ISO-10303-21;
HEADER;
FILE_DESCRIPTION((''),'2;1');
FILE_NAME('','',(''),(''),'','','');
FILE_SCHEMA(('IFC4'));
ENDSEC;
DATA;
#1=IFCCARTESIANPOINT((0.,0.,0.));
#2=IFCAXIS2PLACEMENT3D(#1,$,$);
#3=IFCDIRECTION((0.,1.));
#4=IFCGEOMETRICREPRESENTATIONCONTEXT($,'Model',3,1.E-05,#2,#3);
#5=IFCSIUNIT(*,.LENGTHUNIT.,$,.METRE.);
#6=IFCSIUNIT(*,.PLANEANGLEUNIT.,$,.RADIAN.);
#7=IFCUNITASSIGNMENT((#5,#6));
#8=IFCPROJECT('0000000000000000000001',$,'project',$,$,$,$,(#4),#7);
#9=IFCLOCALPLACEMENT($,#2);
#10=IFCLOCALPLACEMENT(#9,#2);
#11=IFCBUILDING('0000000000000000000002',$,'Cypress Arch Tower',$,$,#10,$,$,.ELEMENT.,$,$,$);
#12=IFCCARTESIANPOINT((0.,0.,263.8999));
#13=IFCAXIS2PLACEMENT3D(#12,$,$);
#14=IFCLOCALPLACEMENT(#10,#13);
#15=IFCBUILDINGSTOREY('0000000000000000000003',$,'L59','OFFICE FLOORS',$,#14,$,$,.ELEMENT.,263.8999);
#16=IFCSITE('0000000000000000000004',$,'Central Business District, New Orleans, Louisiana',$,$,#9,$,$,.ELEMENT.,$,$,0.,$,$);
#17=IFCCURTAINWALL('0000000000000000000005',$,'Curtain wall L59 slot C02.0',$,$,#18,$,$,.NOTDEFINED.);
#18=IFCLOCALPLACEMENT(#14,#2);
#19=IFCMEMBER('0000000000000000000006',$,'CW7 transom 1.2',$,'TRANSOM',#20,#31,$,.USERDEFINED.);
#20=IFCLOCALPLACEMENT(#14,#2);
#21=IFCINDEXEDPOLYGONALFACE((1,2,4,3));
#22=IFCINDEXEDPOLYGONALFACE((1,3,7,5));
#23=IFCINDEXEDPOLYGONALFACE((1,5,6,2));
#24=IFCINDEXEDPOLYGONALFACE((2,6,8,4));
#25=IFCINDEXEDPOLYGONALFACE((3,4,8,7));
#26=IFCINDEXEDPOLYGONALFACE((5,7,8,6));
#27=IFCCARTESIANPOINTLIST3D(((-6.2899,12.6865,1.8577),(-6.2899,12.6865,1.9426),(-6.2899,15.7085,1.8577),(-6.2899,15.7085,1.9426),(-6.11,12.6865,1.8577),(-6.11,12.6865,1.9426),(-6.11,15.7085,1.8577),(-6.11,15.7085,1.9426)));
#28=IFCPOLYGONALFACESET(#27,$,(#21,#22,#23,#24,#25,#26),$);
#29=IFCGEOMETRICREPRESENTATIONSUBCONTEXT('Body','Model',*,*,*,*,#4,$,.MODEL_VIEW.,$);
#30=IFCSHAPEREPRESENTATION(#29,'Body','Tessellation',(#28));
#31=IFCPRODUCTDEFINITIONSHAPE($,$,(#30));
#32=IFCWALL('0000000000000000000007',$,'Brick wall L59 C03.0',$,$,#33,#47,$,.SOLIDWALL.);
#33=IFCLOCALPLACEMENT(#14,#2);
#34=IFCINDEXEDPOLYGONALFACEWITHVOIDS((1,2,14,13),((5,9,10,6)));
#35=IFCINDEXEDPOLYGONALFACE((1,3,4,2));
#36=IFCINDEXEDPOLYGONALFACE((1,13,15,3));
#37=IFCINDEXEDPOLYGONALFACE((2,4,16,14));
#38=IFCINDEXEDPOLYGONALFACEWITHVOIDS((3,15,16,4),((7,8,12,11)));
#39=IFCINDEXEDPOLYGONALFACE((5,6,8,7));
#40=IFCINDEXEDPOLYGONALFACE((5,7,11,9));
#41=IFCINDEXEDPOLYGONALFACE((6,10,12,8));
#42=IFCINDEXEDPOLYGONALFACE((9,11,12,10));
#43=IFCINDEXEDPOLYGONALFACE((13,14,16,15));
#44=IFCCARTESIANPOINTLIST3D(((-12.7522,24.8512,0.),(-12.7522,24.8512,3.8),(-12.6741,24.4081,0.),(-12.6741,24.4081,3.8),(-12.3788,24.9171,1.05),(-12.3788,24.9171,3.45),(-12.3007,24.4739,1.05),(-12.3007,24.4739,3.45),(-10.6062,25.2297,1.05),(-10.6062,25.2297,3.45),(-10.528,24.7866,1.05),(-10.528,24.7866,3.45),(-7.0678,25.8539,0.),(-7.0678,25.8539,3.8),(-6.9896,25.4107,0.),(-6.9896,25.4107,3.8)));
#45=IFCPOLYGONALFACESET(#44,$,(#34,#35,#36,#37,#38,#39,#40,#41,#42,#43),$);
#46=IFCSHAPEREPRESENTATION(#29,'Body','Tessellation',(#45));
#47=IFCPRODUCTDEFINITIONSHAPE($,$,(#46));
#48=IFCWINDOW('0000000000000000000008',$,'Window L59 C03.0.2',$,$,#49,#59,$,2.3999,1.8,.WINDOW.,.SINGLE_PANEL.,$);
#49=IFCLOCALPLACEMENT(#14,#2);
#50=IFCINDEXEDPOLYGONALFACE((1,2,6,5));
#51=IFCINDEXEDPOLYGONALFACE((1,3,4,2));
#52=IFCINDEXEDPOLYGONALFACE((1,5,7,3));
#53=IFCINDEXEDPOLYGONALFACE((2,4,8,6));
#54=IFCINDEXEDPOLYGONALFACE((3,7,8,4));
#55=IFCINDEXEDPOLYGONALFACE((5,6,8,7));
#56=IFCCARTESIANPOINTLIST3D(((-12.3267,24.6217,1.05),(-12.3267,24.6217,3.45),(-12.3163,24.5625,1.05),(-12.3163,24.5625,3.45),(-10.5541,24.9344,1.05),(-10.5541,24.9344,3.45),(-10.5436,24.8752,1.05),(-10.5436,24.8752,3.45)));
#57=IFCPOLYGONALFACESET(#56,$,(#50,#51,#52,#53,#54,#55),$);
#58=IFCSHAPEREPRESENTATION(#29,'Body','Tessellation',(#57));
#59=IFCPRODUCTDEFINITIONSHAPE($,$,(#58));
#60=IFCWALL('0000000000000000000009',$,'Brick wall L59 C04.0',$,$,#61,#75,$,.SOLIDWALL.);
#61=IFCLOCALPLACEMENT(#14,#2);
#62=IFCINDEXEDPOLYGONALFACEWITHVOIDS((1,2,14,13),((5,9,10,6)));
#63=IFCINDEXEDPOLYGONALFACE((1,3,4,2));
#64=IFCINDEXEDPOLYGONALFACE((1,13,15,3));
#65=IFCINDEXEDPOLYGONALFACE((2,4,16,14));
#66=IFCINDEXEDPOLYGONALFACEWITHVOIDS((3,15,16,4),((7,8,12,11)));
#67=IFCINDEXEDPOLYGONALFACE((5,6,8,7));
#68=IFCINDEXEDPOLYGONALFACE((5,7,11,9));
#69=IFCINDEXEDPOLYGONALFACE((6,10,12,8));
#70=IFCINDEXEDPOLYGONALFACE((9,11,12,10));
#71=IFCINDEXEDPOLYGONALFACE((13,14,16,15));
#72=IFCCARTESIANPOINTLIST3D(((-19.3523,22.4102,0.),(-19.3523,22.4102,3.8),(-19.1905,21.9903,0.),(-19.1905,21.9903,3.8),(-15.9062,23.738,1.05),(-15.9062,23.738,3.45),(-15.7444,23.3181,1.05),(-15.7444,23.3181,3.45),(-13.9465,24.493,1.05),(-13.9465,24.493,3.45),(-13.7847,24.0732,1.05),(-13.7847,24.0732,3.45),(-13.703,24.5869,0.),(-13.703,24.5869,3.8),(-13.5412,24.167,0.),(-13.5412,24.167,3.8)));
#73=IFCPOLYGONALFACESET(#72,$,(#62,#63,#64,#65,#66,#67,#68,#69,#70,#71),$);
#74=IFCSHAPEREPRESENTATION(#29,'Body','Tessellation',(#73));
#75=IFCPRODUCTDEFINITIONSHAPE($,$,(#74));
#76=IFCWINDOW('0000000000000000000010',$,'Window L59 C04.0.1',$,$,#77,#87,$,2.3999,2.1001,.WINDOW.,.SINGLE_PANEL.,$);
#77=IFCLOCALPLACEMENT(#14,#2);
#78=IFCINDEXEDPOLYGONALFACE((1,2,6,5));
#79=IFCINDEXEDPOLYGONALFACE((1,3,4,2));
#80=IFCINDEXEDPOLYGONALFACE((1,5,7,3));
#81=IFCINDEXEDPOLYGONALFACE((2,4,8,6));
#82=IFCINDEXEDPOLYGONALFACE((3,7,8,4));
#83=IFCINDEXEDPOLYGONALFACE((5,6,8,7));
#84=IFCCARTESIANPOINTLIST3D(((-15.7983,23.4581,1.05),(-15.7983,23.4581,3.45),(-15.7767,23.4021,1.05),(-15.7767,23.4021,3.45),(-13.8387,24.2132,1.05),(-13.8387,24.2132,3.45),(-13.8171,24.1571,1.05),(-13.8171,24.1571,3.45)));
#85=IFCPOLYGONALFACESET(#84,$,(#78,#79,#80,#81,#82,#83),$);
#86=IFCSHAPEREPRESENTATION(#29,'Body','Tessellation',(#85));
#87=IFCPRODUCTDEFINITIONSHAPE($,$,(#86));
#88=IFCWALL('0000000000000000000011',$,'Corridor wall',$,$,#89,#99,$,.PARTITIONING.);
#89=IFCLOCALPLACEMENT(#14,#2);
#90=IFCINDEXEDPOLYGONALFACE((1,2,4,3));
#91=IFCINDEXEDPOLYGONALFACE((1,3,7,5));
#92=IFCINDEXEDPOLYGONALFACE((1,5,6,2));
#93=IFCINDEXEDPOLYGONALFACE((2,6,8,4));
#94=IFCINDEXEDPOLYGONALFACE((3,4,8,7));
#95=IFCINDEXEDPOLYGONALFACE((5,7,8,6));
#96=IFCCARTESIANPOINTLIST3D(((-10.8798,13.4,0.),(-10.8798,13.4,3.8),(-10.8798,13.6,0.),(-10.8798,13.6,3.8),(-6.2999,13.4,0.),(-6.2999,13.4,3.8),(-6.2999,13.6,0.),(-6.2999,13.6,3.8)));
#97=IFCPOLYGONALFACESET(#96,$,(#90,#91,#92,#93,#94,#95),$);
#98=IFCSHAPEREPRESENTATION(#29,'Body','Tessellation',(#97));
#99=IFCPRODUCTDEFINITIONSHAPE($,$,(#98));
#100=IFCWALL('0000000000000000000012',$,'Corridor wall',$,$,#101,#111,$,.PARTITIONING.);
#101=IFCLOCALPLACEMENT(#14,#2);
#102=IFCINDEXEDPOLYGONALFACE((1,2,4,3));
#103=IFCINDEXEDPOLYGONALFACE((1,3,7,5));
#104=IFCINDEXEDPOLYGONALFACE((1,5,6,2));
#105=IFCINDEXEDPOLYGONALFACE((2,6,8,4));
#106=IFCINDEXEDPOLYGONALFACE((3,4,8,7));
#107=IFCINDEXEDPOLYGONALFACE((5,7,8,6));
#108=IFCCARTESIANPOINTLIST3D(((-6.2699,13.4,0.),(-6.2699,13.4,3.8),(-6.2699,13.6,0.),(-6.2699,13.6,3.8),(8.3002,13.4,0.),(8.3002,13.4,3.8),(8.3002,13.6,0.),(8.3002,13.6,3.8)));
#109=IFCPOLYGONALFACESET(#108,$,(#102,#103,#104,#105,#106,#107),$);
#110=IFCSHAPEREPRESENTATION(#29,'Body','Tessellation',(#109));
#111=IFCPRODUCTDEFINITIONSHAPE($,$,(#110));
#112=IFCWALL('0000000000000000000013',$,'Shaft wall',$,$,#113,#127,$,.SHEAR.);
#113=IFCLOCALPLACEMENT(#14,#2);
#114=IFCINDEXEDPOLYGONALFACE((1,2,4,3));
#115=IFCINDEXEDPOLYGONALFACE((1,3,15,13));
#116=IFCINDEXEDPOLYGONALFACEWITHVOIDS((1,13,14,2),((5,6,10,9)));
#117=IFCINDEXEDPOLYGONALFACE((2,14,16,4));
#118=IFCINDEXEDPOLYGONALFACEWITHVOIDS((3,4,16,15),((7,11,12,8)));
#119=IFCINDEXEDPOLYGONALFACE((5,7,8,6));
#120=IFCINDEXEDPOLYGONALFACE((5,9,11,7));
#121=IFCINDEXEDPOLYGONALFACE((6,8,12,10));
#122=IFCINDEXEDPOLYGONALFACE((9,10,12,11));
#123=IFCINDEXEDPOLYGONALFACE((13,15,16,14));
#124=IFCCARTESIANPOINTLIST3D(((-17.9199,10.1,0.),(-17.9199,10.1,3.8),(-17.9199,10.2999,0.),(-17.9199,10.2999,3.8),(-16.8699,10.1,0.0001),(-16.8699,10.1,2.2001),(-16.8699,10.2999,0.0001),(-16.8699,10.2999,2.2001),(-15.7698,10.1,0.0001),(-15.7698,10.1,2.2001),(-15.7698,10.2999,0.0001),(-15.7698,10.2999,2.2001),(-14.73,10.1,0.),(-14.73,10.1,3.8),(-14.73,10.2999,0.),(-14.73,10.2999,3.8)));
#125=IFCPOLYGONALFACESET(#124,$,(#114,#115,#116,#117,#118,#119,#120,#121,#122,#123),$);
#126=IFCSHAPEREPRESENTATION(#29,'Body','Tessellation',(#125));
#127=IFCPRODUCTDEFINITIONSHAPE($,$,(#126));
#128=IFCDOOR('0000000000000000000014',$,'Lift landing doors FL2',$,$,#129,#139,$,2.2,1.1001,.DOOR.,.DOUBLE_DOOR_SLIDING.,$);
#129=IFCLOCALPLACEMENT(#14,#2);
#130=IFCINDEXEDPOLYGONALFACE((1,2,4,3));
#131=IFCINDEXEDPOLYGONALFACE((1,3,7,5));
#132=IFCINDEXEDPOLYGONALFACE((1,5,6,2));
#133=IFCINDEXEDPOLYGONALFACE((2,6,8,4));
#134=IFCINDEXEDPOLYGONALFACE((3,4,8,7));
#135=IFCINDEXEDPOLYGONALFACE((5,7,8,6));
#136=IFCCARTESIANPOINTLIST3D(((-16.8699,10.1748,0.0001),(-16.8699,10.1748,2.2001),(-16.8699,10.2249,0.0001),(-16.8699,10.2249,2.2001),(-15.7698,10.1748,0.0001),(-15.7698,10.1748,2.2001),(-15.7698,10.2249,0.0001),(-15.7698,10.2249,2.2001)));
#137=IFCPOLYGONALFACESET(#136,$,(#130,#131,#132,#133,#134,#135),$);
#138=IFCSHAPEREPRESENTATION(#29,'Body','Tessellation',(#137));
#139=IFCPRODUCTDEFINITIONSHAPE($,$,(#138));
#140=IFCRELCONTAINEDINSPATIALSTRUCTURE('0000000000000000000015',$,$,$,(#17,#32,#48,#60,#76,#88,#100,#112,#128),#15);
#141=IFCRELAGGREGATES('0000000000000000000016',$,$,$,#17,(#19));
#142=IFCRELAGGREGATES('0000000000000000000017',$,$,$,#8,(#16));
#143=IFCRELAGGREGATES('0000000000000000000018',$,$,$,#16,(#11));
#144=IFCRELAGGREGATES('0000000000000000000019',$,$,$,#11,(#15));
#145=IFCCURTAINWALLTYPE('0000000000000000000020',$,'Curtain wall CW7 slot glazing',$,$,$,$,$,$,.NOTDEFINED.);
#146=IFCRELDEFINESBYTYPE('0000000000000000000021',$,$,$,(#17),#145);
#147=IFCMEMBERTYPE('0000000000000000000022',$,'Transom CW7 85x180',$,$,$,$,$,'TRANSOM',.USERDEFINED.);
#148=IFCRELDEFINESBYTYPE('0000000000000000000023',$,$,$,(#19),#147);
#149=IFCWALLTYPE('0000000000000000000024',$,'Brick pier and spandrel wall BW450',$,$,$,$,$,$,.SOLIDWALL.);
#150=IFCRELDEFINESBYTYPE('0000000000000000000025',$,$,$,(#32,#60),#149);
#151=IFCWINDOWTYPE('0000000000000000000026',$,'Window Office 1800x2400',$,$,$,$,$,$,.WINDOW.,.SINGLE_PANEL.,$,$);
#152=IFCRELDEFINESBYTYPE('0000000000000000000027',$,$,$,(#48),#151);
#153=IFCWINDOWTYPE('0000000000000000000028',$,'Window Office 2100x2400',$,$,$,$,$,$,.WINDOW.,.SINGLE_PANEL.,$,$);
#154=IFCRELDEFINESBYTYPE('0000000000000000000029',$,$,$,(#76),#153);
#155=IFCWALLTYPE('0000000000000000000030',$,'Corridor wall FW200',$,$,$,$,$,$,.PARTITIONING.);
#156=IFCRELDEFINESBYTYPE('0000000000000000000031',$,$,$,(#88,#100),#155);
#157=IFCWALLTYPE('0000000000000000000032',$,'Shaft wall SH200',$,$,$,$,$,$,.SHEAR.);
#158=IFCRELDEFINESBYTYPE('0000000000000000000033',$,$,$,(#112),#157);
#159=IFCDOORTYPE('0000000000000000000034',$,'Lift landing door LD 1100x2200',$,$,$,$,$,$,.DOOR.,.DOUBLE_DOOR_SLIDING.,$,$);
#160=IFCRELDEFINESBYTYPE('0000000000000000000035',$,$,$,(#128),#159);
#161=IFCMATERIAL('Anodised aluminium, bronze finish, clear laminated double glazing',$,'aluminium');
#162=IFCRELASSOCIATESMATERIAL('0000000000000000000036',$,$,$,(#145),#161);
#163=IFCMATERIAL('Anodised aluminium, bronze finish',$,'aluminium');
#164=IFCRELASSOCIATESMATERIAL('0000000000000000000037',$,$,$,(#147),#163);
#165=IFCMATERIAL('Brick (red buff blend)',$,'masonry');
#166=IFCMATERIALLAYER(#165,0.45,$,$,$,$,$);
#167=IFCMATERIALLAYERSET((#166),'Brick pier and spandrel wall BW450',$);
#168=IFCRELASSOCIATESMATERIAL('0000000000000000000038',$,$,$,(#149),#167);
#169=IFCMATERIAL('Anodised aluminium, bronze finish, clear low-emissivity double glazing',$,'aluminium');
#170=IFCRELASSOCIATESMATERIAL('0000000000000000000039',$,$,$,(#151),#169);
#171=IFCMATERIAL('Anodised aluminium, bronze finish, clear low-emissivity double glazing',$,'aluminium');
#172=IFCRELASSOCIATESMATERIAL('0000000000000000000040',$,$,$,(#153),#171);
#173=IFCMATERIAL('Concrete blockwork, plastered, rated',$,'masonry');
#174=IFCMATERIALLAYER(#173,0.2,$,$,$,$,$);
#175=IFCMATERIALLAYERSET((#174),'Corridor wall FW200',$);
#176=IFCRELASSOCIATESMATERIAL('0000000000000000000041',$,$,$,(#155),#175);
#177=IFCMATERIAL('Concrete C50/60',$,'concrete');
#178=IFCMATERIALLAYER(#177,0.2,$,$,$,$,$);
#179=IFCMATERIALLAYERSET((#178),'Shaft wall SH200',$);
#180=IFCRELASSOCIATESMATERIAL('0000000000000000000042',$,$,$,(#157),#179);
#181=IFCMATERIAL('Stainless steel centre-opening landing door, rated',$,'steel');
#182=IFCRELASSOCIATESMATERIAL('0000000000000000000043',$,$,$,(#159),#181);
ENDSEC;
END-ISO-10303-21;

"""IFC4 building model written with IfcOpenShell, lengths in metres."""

from ifc_helpers import new_model, si_unit, direction, frame, frame_2d, origin, origin_2d, place, context, subcontext, project, spatial, rectangle, extrude, material, layer, layer_set, material_profile, profile_set, type_object, element, fill, aggregate, save


model = new_model("IFC4")

# Units and contexts
model_context = context("Model", 3, precision=1e-05, world=origin(), true_north=direction((0.0, 1.0)))
body_context = subcontext(model_context, "Body", "Model", "MODEL_VIEW")
ifc_project = project(units=[si_unit("LENGTHUNIT", "METRE"), si_unit("PLANEANGLEUNIT", "RADIAN")], contexts=[model_context])

# Site, building, storey
site_placement = place(None, origin())
site = spatial("IfcSite", under=ifc_project, at=site_placement, Name="Central Business District, New Orleans, Louisiana", CompositionType="ELEMENT", RefElevation=0.0)
building_placement = place(site_placement, origin())
building = spatial("IfcBuilding", under=site, at=building_placement, Name="Cypress Arch Tower", CompositionType="ELEMENT")
storey_placement = place(building_placement, frame((0.0, 0.0, 263.8999)))
storey = spatial("IfcBuildingStorey", under=building, at=storey_placement, Name="L59", Description="OFFICE FLOORS", CompositionType="ELEMENT", Elevation=263.8999)

# Curtain wall
ifc_material_1 = material(Name="Anodised aluminium, bronze finish, clear laminated double glazing", Category="aluminium")
curtain_wall_type = type_object("IfcCurtainWallType", Name="Curtain wall CW7 slot glazing", PredefinedType="NOTDEFINED", material=ifc_material_1)
curtain_wall_placement = place(storey_placement, origin())
curtain_wall = element("IfcCurtainWall", 1, at=curtain_wall_placement, inside=storey, type_object=curtain_wall_type, Name="Curtain wall L59 slot C02.0", PredefinedType="NOTDEFINED")

# Member
ifc_material_2 = material(Name="Anodised aluminium, bronze finish", Category="aluminium")
ifc_material_profile_1 = material_profile(ifc_material_2, rectangle(XDim=0.1799, YDim=0.085, at=origin_2d()), Name="Transom 85x180")
ifc_profile_set_1 = profile_set([ifc_material_profile_1], Name="Anodised aluminium, bronze finish")
member_type_1 = type_object("IfcMemberType", Name="Transom CW7 85x180", ElementType="TRANSOM", PredefinedType="USERDEFINED", material=ifc_profile_set_1)
member_1_placement = place(storey_placement, frame((-6.2, 12.6865, 1.9001), z_axis=(0.0, 1.0, 0.0), x_axis=(-1.0, 0.0, 0.0)))
member_1 = element("IfcMember", 2, at=member_1_placement, type_object=member_type_1, Name="CW7 transom 1.2", ObjectType="TRANSOM", PredefinedType="USERDEFINED", context=body_context, shape_type="SweptSolid", body=[
    extrude(rectangle(XDim=0.1799, YDim=0.085, at=origin_2d()), origin(), (0.0, 0.0, 1.0), 3.022),
])
aggregate(curtain_wall, [member_1])

# Walls, openings, windows
ifc_material_3 = material(Name="Brick (red buff blend)", Category="masonry")
ifc_layer_1 = layer(ifc_material_3, 0.45)
ifc_layer_set_1 = layer_set([ifc_layer_1], Name="Brick pier and spandrel wall BW450")
wall_type_1 = type_object("IfcWallType", Name="Brick pier and spandrel wall BW450", PredefinedType="SOLIDWALL", material=ifc_layer_set_1)
wall_1_placement = place(storey_placement, frame((-7.0286, 25.6323, 0.0), z_axis=(0.0, 0.0, 1.0), x_axis=(-0.984798, -0.173706, 0.0)))
wall_1 = element("IfcWall", 3, at=wall_1_placement, inside=storey, type_object=wall_type_1, Name="Brick wall L59 C03.0", PredefinedType="SOLIDWALL", context=body_context, shape_type="SweptSolid", body=[
    extrude(rectangle(XDim=5.7722, YDim=0.45, at=frame_2d((2.8862, 0.0))), origin(), (0.0, 0.0, 1.0), 3.8),
])
opening_1_placement = place(wall_1_placement, frame((3.5933, 0.0, 1.05)))
opening_1 = element("IfcOpeningElement", 4, at=opening_1_placement, cuts=wall_1, PredefinedType="OPENING", context=body_context, shape_type="SweptSolid", body=[
    extrude(rectangle(XDim=1.8, YDim=2.3999, at=frame_2d((0.8999, 1.2))), frame((0.0, 0.2349, 0.0), z_axis=(0.0, -1.0, 0.0), x_axis=(1.0, 0.0, 0.0)), (0.0, 0.0, 1.0), 0.47),
])
ifc_material_4 = material(Name="Anodised aluminium, bronze finish, clear low-emissivity double glazing", Category="aluminium")
window_type_1 = type_object("IfcWindowType", Name="Window Office 1800x2400", PartitioningType="SINGLE_PANEL", PredefinedType="WINDOW", material=ifc_material_4)
window_1_placement = place(opening_1_placement, origin())
window_1 = element("IfcWindow", 5, at=window_1_placement, inside=storey, type_object=window_type_1, Name="Window L59 C03.0.2", OverallHeight=2.3999, OverallWidth=1.8, PartitioningType="SINGLE_PANEL", PredefinedType="WINDOW", context=body_context, shape_type="SweptSolid", body=[
    extrude(rectangle(XDim=1.8, YDim=2.3999, at=frame_2d((0.8999, 1.2))), frame((0.0, 0.135, 0.0), z_axis=(0.0, -1.0, 0.0), x_axis=(1.0, 0.0, 0.0)), (0.0, 0.0, 1.0), 0.0601),
])
fill(opening_1, window_1)
wall_2_placement = place(storey_placement, frame((-13.6221, 24.377, 0.0), z_axis=(0.0, 0.0, 1.0), x_axis=(-0.933129, -0.359541, 0.0)))
wall_2 = element("IfcWall", 6, at=wall_2_placement, inside=storey, type_object=wall_type_1, Name="Brick wall L59 C04.0", PredefinedType="SOLIDWALL", context=body_context, shape_type="SweptSolid", body=[
    extrude(rectangle(XDim=6.0542, YDim=0.45, at=frame_2d((3.0271, 0.0))), origin(), (0.0, 0.0, 1.0), 3.8),
])
opening_2_placement = place(wall_2_placement, frame((0.261, 0.0, 1.05)))
opening_2 = element("IfcOpeningElement", 7, at=opening_2_placement, cuts=wall_2, PredefinedType="OPENING", context=body_context, shape_type="SweptSolid", body=[
    extrude(rectangle(XDim=2.1001, YDim=2.3999, at=frame_2d((1.05, 1.2))), frame((0.0, 0.2349, 0.0), z_axis=(0.0, -1.0, 0.0), x_axis=(1.0, 0.0, 0.0)), (0.0, 0.0, 1.0), 0.47),
])
ifc_material_5 = material(Name="Anodised aluminium, bronze finish, clear low-emissivity double glazing", Category="aluminium")
window_type_2 = type_object("IfcWindowType", Name="Window Office 2100x2400", PartitioningType="SINGLE_PANEL", PredefinedType="WINDOW", material=ifc_material_5)
window_2_placement = place(opening_2_placement, origin())
window_2 = element("IfcWindow", 8, at=window_2_placement, inside=storey, type_object=window_type_2, Name="Window L59 C04.0.1", OverallHeight=2.3999, OverallWidth=2.1001, PartitioningType="SINGLE_PANEL", PredefinedType="WINDOW", context=body_context, shape_type="SweptSolid", body=[
    extrude(rectangle(XDim=2.1001, YDim=2.3999, at=frame_2d((1.05, 1.2))), frame((0.0, 0.135, 0.0), z_axis=(0.0, -1.0, 0.0), x_axis=(1.0, 0.0, 0.0)), (0.0, 0.0, 1.0), 0.0601),
])
fill(opening_2, window_2)

# Walls
ifc_material_6 = material(Name="Concrete blockwork, plastered, rated", Category="masonry")
ifc_layer_2 = layer(ifc_material_6, 0.2)
ifc_layer_set_2 = layer_set([ifc_layer_2], Name="Corridor wall FW200")
wall_type_2 = type_object("IfcWallType", Name="Corridor wall FW200", PredefinedType="PARTITIONING", material=ifc_layer_set_2)
wall_3_placement = place(storey_placement, frame((-10.8799, 13.5, 0.0), z_axis=(0.0, 0.0, 1.0), x_axis=(1.0, 0.0, 0.0)))
element("IfcWall", 9, at=wall_3_placement, inside=storey, type_object=wall_type_2, Name="Corridor wall", PredefinedType="PARTITIONING", context=body_context, shape_type="SweptSolid", body=[
    extrude(rectangle(XDim=4.5798, YDim=0.2, at=frame_2d((2.29, 0.0))), origin(), (0.0, 0.0, 1.0), 3.8),
])
wall_4_placement = place(storey_placement, frame((-6.27, 13.5, 0.0), z_axis=(0.0, 0.0, 1.0), x_axis=(1.0, 0.0, 0.0)))
element("IfcWall", 10, at=wall_4_placement, inside=storey, type_object=wall_type_2, Name="Corridor wall", PredefinedType="PARTITIONING", context=body_context, shape_type="SweptSolid", body=[
    extrude(rectangle(XDim=14.5701, YDim=0.2, at=frame_2d((7.2852, 0.0))), origin(), (0.0, 0.0, 1.0), 3.8),
])

# Wall, opening, door
ifc_material_7 = material(Name="Concrete C50/60", Category="concrete")
ifc_layer_3 = layer(ifc_material_7, 0.2)
ifc_layer_set_3 = layer_set([ifc_layer_3], Name="Shaft wall SH200")
wall_type_3 = type_object("IfcWallType", Name="Shaft wall SH200", PredefinedType="SHEAR", material=ifc_layer_set_3)
wall_5_placement = place(storey_placement, frame((-17.9199, 10.2, 0.0), z_axis=(0.0, 0.0, 1.0), x_axis=(1.0, 0.0, 0.0)))
wall_5 = element("IfcWall", 11, at=wall_5_placement, inside=storey, type_object=wall_type_3, Name="Shaft wall", PredefinedType="SHEAR", context=body_context, shape_type="SweptSolid", body=[
    extrude(rectangle(XDim=3.1899, YDim=0.2, at=frame_2d((1.595, 0.0))), origin(), (0.0, 0.0, 1.0), 3.8),
])
opening_3_placement = place(wall_5_placement, frame((1.05, 0.0, 0.0)))
opening_3 = element("IfcOpeningElement", 12, at=opening_3_placement, cuts=wall_5, PredefinedType="OPENING", context=body_context, shape_type="SweptSolid", body=[
    extrude(rectangle(XDim=1.1001, YDim=2.2, at=frame_2d((0.55, 1.1001))), frame((0.0, 0.1099, 0.0), z_axis=(0.0, -1.0, 0.0), x_axis=(1.0, 0.0, 0.0)), (0.0, 0.0, 1.0), 0.22),
])
ifc_material_8 = material(Name="Stainless steel centre-opening landing door, rated", Category="steel")
door_type = type_object("IfcDoorType", Name="Lift landing door LD 1100x2200", OperationType="DOUBLE_DOOR_SLIDING", PredefinedType="DOOR", material=ifc_material_8)
door_placement = place(opening_3_placement, origin())
door = element("IfcDoor", 13, at=door_placement, inside=storey, type_object=door_type, Name="Lift landing doors FL2", OperationType="DOUBLE_DOOR_SLIDING", OverallHeight=2.2, OverallWidth=1.1001, PredefinedType="DOOR", context=body_context, shape_type="SweptSolid", body=[
    extrude(rectangle(XDim=1.1001, YDim=2.2, at=frame_2d((0.55, 1.1001))), frame((0.0, 0.0249, 0.0), z_axis=(0.0, -1.0, 0.0), x_axis=(1.0, 0.0, 0.0)), (0.0, 0.0, 1.0), 0.05),
])
fill(opening_3, door)

save(model, "model.ifc")
